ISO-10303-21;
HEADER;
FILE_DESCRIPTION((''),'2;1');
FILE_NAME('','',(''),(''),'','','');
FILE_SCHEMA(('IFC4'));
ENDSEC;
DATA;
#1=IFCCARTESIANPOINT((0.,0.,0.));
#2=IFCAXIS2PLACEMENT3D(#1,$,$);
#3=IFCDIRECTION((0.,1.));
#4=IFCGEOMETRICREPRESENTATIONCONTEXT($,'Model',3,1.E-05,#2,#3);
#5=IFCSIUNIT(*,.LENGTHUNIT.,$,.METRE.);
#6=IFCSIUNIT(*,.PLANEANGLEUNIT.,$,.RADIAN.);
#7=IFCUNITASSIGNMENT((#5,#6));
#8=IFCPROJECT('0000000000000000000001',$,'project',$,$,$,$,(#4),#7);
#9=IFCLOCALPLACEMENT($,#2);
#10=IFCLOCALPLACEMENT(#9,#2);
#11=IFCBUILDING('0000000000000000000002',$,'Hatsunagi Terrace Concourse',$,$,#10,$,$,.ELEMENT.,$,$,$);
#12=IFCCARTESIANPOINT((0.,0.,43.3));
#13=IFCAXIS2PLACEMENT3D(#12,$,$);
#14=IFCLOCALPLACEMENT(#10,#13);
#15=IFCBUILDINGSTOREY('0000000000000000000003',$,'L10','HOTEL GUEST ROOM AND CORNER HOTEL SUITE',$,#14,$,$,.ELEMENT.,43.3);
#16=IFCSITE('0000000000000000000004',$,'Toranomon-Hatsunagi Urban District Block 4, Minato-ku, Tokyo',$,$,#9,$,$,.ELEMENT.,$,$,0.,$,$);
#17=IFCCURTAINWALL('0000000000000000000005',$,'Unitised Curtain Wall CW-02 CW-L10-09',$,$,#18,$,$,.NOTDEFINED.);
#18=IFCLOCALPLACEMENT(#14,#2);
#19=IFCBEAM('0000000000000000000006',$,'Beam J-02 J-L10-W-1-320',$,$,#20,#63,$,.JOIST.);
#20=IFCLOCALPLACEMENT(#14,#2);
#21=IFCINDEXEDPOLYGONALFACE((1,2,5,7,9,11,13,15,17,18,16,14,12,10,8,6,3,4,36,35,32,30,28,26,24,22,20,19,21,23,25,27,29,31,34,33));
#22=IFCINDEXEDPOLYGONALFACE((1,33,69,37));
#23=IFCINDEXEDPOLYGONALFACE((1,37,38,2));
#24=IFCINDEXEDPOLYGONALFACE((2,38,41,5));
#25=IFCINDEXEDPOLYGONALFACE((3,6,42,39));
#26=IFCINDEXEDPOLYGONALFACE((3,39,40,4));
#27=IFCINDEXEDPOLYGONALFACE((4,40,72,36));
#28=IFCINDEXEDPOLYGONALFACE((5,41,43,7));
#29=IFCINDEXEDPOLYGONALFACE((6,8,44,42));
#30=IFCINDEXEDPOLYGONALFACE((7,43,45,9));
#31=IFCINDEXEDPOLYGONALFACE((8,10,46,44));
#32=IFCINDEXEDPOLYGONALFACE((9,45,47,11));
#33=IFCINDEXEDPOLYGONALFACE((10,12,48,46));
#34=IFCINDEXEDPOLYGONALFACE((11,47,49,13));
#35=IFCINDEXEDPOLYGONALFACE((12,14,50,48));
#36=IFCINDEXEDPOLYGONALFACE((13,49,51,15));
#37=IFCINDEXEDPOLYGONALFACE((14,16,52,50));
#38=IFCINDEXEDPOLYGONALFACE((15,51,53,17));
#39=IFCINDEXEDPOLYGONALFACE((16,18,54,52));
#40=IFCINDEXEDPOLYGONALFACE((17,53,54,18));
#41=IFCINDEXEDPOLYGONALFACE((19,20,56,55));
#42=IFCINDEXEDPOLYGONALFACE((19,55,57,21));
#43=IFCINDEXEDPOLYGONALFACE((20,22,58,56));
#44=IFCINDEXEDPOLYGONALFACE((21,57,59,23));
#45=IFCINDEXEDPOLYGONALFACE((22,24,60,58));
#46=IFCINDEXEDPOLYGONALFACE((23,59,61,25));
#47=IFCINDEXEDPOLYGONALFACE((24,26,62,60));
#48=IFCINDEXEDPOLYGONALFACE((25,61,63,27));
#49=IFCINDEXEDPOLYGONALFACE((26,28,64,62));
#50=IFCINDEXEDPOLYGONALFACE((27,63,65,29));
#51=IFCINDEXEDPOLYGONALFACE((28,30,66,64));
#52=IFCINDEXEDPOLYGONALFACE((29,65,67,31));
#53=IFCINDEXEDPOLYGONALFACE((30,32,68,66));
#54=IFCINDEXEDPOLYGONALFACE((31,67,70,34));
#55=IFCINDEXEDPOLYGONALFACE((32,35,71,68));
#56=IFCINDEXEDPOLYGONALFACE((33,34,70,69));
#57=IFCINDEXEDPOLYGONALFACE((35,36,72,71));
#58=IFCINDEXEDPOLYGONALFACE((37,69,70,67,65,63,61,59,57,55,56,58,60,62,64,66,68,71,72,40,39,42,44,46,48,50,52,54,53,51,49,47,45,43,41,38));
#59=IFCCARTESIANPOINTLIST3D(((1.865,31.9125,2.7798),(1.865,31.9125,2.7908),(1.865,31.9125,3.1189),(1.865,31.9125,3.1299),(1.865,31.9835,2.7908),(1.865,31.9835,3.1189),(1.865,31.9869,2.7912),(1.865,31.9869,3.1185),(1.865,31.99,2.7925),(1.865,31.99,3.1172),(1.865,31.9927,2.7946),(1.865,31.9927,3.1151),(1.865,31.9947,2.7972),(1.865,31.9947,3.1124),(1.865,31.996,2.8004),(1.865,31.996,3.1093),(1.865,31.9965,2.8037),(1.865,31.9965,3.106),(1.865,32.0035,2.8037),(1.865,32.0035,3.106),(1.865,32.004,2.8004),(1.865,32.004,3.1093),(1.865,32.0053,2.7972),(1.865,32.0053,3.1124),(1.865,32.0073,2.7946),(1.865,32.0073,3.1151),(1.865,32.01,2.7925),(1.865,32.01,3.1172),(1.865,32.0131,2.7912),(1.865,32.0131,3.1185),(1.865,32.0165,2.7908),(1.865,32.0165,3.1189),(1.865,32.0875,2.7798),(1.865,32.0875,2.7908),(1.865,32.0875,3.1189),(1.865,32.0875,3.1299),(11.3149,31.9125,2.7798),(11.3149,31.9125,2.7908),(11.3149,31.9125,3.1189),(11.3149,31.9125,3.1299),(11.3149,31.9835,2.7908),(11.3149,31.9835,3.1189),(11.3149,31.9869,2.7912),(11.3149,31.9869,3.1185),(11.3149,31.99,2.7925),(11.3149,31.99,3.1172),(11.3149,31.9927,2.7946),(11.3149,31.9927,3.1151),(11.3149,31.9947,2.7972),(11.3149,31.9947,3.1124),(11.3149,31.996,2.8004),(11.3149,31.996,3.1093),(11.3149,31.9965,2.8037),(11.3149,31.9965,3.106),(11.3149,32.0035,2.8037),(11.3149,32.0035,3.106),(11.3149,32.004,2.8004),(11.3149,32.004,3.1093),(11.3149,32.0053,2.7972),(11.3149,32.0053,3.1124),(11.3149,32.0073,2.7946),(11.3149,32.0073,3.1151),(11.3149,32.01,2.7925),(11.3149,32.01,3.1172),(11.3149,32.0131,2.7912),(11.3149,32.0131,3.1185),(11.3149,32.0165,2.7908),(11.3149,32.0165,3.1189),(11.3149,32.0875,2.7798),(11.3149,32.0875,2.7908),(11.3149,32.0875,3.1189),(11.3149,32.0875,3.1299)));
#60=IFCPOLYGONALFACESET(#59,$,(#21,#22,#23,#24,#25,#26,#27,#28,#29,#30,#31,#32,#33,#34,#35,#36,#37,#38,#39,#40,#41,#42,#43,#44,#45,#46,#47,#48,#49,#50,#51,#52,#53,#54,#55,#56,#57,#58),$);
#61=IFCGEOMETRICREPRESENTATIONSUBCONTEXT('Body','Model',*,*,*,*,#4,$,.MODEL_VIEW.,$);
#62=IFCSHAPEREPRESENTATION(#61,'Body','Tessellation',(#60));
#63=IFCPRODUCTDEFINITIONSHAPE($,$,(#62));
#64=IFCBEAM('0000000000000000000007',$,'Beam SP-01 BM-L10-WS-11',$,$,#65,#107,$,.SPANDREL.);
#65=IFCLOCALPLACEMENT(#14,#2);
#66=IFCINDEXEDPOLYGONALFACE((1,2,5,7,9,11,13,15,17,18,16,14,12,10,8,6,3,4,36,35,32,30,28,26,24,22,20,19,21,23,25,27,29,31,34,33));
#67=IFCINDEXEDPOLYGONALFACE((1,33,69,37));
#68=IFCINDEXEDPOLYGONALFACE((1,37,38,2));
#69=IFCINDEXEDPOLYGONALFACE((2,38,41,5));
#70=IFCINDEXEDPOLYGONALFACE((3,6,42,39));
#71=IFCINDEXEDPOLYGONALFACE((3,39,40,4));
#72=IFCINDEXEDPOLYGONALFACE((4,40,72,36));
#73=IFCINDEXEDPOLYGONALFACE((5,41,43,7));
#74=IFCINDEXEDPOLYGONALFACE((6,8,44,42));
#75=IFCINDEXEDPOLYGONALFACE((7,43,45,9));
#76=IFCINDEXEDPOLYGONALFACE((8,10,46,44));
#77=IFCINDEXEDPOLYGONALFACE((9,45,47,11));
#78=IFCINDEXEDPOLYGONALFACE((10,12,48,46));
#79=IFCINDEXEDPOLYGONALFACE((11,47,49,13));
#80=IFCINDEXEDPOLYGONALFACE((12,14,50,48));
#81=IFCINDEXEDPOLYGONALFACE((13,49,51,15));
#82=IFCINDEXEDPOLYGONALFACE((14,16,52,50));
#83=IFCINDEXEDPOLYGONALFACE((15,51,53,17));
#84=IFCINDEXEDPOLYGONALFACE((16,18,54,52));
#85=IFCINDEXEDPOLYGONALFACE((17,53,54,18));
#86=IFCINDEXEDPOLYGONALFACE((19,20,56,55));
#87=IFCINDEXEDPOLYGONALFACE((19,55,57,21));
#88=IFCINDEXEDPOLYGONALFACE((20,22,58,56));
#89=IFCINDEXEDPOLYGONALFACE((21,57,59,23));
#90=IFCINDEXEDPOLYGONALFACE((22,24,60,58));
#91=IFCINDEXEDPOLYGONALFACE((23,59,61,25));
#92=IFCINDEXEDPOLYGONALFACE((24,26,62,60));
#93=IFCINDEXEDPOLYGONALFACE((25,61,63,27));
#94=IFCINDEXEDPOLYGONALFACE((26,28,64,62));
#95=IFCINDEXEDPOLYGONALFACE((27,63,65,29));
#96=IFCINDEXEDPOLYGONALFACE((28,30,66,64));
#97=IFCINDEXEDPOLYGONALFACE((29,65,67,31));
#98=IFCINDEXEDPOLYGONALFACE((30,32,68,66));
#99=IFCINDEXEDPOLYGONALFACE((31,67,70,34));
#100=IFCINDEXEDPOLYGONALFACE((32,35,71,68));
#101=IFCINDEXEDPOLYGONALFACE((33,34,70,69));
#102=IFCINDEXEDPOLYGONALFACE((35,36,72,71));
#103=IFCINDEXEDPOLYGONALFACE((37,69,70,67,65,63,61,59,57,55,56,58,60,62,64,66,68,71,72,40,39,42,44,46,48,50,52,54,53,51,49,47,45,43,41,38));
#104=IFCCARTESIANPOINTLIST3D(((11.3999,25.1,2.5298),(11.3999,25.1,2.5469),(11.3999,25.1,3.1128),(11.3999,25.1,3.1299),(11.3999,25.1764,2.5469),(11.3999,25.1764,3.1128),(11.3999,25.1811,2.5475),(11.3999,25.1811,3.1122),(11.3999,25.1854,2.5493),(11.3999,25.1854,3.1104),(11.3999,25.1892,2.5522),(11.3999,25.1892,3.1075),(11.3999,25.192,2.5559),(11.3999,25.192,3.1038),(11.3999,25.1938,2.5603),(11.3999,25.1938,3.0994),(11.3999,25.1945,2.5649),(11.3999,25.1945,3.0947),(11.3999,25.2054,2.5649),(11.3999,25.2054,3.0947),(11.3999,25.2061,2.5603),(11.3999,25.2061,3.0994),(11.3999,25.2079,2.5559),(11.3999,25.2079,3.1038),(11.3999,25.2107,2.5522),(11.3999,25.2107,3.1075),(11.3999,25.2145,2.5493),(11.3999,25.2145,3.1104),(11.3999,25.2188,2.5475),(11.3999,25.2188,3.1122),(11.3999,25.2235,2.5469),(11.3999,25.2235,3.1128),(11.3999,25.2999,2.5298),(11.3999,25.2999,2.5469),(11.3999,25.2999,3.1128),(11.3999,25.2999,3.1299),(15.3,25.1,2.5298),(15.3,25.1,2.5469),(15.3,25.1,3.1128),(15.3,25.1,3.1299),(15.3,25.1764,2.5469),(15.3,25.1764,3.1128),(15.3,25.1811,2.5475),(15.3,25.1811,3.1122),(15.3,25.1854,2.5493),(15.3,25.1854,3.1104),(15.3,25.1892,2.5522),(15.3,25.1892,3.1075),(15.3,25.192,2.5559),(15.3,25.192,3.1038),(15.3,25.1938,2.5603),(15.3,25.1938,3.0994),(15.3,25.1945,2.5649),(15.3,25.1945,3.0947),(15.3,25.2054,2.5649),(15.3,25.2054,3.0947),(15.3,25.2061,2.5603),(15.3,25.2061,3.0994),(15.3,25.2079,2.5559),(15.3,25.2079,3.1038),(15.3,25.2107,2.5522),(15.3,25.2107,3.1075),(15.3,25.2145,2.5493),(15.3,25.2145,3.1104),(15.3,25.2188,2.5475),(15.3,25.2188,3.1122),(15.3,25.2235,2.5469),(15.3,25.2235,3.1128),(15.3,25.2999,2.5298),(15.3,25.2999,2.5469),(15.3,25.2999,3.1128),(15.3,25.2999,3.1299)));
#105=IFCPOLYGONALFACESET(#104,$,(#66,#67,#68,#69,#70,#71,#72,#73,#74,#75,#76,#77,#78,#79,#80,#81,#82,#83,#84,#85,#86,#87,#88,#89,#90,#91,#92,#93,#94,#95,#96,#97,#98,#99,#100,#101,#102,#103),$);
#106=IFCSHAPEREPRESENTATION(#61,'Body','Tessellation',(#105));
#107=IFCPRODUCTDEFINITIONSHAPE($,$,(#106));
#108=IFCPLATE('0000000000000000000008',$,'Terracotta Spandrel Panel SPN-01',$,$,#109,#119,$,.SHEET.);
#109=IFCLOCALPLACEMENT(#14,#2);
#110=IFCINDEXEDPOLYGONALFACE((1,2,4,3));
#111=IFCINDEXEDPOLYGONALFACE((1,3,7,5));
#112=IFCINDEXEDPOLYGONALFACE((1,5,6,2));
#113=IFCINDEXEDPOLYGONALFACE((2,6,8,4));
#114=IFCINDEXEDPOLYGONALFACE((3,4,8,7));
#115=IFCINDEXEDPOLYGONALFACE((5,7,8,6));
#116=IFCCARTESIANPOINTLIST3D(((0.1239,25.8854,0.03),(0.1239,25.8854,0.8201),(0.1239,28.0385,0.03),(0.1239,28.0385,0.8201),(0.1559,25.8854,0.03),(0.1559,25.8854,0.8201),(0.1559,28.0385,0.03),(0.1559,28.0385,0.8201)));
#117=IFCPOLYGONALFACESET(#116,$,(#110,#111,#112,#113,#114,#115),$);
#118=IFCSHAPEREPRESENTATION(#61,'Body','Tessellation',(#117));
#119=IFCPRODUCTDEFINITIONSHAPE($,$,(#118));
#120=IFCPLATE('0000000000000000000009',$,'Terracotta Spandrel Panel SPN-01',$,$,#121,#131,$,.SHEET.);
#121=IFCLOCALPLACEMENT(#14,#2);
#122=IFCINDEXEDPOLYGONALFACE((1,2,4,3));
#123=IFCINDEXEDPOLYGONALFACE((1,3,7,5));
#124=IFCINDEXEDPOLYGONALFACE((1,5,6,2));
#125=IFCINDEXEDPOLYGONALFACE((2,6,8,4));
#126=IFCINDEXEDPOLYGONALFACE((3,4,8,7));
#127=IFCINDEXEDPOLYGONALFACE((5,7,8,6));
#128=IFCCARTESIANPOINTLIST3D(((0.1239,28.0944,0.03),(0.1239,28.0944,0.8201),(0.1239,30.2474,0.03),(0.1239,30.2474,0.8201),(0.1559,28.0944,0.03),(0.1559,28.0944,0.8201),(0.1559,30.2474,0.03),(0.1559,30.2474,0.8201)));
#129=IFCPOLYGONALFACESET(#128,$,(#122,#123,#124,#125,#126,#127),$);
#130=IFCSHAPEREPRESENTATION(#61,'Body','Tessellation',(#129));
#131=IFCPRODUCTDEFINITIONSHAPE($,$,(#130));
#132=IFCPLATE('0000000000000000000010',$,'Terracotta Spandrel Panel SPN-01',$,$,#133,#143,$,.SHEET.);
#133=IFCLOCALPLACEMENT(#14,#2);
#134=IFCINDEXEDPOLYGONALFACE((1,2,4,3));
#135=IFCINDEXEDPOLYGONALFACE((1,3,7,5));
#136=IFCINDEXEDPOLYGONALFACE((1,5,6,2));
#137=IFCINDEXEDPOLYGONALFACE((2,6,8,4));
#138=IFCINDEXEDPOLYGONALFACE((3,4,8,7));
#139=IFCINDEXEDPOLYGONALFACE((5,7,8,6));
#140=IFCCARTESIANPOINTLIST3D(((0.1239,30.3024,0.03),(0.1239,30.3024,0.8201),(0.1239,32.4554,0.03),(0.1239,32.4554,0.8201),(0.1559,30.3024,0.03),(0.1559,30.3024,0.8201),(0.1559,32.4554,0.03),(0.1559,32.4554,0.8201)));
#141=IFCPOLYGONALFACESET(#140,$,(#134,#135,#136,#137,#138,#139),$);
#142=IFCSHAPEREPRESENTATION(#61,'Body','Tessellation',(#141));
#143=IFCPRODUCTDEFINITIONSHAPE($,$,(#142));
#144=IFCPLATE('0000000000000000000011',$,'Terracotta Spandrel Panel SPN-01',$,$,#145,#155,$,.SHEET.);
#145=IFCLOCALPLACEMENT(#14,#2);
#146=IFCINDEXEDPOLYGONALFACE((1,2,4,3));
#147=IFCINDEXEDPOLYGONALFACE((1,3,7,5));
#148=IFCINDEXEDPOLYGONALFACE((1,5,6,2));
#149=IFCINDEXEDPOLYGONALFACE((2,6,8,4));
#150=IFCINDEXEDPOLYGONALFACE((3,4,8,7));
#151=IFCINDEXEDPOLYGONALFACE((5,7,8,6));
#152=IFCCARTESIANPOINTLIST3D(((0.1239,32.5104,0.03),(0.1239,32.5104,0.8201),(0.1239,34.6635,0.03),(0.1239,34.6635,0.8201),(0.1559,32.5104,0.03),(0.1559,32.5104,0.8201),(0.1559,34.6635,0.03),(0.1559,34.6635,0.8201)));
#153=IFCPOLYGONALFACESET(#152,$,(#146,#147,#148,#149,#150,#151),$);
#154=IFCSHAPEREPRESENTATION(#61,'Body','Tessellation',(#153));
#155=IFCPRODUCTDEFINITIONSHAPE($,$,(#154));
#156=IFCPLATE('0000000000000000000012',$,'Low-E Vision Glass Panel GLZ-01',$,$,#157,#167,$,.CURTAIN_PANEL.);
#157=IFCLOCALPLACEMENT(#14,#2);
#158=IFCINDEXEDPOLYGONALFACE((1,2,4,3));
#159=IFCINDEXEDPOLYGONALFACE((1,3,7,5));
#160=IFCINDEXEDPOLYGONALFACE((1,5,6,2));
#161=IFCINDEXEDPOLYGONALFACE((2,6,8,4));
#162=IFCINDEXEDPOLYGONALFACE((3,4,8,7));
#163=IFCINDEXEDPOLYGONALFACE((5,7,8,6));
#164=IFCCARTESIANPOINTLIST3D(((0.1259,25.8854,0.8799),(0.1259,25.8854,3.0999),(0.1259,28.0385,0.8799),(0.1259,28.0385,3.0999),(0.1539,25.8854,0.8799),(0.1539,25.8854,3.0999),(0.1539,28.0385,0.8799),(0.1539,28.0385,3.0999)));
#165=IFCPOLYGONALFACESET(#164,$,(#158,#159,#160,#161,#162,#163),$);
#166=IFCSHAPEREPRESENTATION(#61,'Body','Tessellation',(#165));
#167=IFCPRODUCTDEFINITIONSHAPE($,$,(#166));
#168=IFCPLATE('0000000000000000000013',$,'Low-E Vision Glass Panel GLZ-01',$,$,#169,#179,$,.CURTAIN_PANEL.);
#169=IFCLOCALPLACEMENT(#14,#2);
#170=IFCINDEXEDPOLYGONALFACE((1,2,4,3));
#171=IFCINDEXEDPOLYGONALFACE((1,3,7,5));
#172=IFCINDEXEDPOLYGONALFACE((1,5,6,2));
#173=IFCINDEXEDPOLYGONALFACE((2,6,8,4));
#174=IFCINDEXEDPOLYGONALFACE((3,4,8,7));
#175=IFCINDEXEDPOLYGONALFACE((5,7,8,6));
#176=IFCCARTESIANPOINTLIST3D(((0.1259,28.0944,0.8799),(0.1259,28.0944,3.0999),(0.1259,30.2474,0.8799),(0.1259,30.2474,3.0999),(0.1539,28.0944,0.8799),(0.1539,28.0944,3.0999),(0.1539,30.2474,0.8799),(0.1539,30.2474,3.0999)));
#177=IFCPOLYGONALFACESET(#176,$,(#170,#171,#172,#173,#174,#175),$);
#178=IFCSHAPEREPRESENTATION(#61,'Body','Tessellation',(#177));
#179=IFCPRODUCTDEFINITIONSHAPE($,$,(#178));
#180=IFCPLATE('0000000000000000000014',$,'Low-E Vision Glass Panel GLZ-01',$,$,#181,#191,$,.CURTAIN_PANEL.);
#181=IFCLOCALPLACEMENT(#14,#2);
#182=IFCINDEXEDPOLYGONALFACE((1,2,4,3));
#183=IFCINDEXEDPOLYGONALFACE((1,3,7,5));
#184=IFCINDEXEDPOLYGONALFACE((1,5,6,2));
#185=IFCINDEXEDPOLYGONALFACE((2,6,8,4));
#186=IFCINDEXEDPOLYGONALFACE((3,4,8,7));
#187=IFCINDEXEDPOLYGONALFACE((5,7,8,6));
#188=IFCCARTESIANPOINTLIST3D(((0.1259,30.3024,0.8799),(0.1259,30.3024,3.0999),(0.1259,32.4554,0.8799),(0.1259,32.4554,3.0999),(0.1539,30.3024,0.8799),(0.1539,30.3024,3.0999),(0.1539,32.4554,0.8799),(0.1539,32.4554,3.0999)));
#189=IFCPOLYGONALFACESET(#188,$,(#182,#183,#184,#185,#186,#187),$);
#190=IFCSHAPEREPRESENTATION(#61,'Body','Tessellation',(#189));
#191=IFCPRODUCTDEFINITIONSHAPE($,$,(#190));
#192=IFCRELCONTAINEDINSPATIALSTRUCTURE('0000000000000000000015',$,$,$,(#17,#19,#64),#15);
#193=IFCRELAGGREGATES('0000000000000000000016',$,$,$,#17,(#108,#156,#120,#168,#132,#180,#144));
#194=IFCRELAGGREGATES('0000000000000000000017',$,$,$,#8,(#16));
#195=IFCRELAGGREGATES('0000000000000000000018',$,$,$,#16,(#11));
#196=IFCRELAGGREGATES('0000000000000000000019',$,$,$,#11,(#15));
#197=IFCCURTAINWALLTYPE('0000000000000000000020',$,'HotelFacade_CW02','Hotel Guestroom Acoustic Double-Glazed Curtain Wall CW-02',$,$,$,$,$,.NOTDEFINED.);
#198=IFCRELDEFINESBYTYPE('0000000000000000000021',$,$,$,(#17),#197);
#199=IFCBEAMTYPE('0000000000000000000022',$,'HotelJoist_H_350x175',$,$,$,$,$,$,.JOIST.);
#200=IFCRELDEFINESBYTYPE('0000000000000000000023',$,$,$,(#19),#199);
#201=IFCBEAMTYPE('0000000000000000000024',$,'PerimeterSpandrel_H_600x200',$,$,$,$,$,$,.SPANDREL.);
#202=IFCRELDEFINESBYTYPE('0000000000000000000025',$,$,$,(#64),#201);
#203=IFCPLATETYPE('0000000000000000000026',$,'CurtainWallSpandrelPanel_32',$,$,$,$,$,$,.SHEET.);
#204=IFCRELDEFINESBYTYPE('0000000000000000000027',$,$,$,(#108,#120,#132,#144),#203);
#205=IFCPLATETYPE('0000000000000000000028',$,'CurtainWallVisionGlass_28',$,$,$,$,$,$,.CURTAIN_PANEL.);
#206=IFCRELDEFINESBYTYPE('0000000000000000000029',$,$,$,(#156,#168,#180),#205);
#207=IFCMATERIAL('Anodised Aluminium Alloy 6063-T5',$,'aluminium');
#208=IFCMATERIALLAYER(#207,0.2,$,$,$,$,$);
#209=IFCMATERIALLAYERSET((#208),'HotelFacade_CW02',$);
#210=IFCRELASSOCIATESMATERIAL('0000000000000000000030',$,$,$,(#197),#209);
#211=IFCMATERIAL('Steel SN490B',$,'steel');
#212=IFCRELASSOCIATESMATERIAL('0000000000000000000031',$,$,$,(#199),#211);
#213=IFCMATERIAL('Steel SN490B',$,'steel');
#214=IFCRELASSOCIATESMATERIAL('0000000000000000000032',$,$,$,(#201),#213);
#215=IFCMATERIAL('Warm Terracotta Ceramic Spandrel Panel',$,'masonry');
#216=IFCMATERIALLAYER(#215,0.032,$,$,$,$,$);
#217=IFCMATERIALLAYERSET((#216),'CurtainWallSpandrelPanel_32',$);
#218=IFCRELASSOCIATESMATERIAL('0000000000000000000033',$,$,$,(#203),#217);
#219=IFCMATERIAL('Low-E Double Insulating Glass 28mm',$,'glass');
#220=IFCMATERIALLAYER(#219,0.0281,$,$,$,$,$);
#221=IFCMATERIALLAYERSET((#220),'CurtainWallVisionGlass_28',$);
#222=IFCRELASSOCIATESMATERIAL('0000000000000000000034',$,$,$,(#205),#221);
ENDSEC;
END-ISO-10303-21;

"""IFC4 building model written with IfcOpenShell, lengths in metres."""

from ifc_helpers import new_model, si_unit, direction, frame, origin, origin_2d, place, context, subcontext, project, spatial, rectangle, i_section, extrude, material, layer, layer_set, material_profile, profile_set, type_object, element, aggregate, save


model = new_model("IFC4")

# Units and contexts
model_context = context("Model", 3, precision=1e-05, world=origin(), true_north=direction((0.0, 1.0)))
body_context = subcontext(model_context, "Body", "Model", "MODEL_VIEW")
ifc_project = project(units=[si_unit("LENGTHUNIT", "METRE"), si_unit("PLANEANGLEUNIT", "RADIAN")], contexts=[model_context])

# Site, building, storey
site_placement = place(None, origin())
site = spatial("IfcSite", under=ifc_project, at=site_placement, Name="Toranomon-Hatsunagi Urban District Block 4, Minato-ku, Tokyo", CompositionType="ELEMENT", RefElevation=0.0)
building_placement = place(site_placement, origin())
building = spatial("IfcBuilding", under=site, at=building_placement, Name="Hatsunagi Terrace Concourse", CompositionType="ELEMENT")
storey_placement = place(building_placement, frame((0.0, 0.0, 43.3)))
storey = spatial("IfcBuildingStorey", under=building, at=storey_placement, Name="L10", Description="HOTEL GUEST ROOM AND CORNER HOTEL SUITE", CompositionType="ELEMENT", Elevation=43.3)

# Curtain wall
ifc_material_1 = material(Name="Anodised Aluminium Alloy 6063-T5", Category="aluminium")
ifc_layer_1 = layer(ifc_material_1, 0.2)
ifc_layer_set_1 = layer_set([ifc_layer_1], Name="HotelFacade_CW02")
curtain_wall_type = type_object("IfcCurtainWallType", Name="HotelFacade_CW02", Description="Hotel Guestroom Acoustic Double-Glazed Curtain Wall CW-02", PredefinedType="NOTDEFINED", material=ifc_layer_set_1)
curtain_wall_placement = place(storey_placement, origin())
curtain_wall = element("IfcCurtainWall", 1, at=curtain_wall_placement, inside=storey, type_object=curtain_wall_type, Name="Unitised Curtain Wall CW-02 CW-L10-09", PredefinedType="NOTDEFINED")

# Beams
ifc_material_2 = material(Name="Steel SN490B", Category="steel")
ifc_material_profile_1 = material_profile(ifc_material_2, i_section(OverallWidth=0.175, OverallDepth=0.3501, WebThickness=0.0071, FlangeThickness=0.011, FilletRadius=0.0129, at=origin_2d()), Name="H-350x175x7x11")
ifc_profile_set_1 = profile_set([ifc_material_profile_1], Name="Steel SN490B")
beam_type_1 = type_object("IfcBeamType", Name="HotelJoist_H_350x175", PredefinedType="JOIST", material=ifc_profile_set_1)
beam_1_placement = place(storey_placement, frame((1.865, 32.0, 2.9548), z_axis=(1.0, 0.0, 0.0), x_axis=(0.0, 1.0, 0.0)))
element("IfcBeam", 2, at=beam_1_placement, inside=storey, type_object=beam_type_1, Name="Beam J-02 J-L10-W-1-320", PredefinedType="JOIST", context=body_context, shape_type="SweptSolid", body=[
    extrude(i_section(OverallWidth=0.175, OverallDepth=0.3501, WebThickness=0.0071, FlangeThickness=0.011, FilletRadius=0.0129, at=origin_2d()), origin(), (0.0, 0.0, 1.0), 9.45),
])
ifc_material_3 = material(Name="Steel SN490B", Category="steel")
ifc_material_profile_2 = material_profile(ifc_material_3, i_section(OverallWidth=0.2, OverallDepth=0.6001, WebThickness=0.011, FlangeThickness=0.0171, FilletRadius=0.0181, at=origin_2d()), Name="H-600x200x11x17")
ifc_profile_set_2 = profile_set([ifc_material_profile_2], Name="Steel SN490B")
beam_type_2 = type_object("IfcBeamType", Name="PerimeterSpandrel_H_600x200", PredefinedType="SPANDREL", material=ifc_profile_set_2)
beam_2_placement = place(storey_placement, frame((11.3999, 25.2, 2.8298), z_axis=(1.0, 0.0, 0.0), x_axis=(0.0, 1.0, 0.0)))
element("IfcBeam", 3, at=beam_2_placement, inside=storey, type_object=beam_type_2, Name="Beam SP-01 BM-L10-WS-11", PredefinedType="SPANDREL", context=body_context, shape_type="SweptSolid", body=[
    extrude(i_section(OverallWidth=0.2, OverallDepth=0.6001, WebThickness=0.011, FlangeThickness=0.0171, FilletRadius=0.0181, at=origin_2d()), origin(), (0.0, 0.0, 1.0), 3.9001),
])

# Plates
ifc_material_4 = material(Name="Warm Terracotta Ceramic Spandrel Panel", Category="masonry")
ifc_layer_2 = layer(ifc_material_4, 0.032)
ifc_layer_set_2 = layer_set([ifc_layer_2], Name="CurtainWallSpandrelPanel_32")
plate_type_1 = type_object("IfcPlateType", Name="CurtainWallSpandrelPanel_32", PredefinedType="SHEET", material=ifc_layer_set_2)
plate_1_placement = place(storey_placement, frame((0.1399, 26.9619, 0.03), z_axis=(0.0, 0.0, 1.0), x_axis=(0.0, 1.0, 0.0)))
plate_1 = element("IfcPlate", 4, at=plate_1_placement, type_object=plate_type_1, Name="Terracotta Spandrel Panel SPN-01", PredefinedType="SHEET", context=body_context, shape_type="SweptSolid", body=[
    extrude(rectangle(XDim=2.1531, YDim=0.032, at=origin_2d()), origin(), (0.0, 0.0, 1.0), 0.79),
])
plate_2_placement = place(storey_placement, frame((0.1399, 29.1709, 0.03), z_axis=(0.0, 0.0, 1.0), x_axis=(0.0, 1.0, 0.0)))
plate_2 = element("IfcPlate", 5, at=plate_2_placement, type_object=plate_type_1, Name="Terracotta Spandrel Panel SPN-01", PredefinedType="SHEET", context=body_context, shape_type="SweptSolid", body=[
    extrude(rectangle(XDim=2.1531, YDim=0.032, at=origin_2d()), origin(), (0.0, 0.0, 1.0), 0.79),
])
plate_3_placement = place(storey_placement, frame((0.1399, 31.3789, 0.03), z_axis=(0.0, 0.0, 1.0), x_axis=(0.0, 1.0, 0.0)))
plate_3 = element("IfcPlate", 6, at=plate_3_placement, type_object=plate_type_1, Name="Terracotta Spandrel Panel SPN-01", PredefinedType="SHEET", context=body_context, shape_type="SweptSolid", body=[
    extrude(rectangle(XDim=2.1531, YDim=0.032, at=origin_2d()), origin(), (0.0, 0.0, 1.0), 0.79),
])
plate_4_placement = place(storey_placement, frame((0.1399, 33.5869, 0.03), z_axis=(0.0, 0.0, 1.0), x_axis=(0.0, 1.0, 0.0)))
plate_4 = element("IfcPlate", 7, at=plate_4_placement, type_object=plate_type_1, Name="Terracotta Spandrel Panel SPN-01", PredefinedType="SHEET", context=body_context, shape_type="SweptSolid", body=[
    extrude(rectangle(XDim=2.1531, YDim=0.032, at=origin_2d()), origin(), (0.0, 0.0, 1.0), 0.79),
])
ifc_material_5 = material(Name="Low-E Double Insulating Glass 28mm", Category="glass")
ifc_layer_3 = layer(ifc_material_5, 0.0281)
ifc_layer_set_3 = layer_set([ifc_layer_3], Name="CurtainWallVisionGlass_28")
plate_type_2 = type_object("IfcPlateType", Name="CurtainWallVisionGlass_28", PredefinedType="CURTAIN_PANEL", material=ifc_layer_set_3)
plate_5_placement = place(storey_placement, frame((0.1399, 26.9619, 0.8799), z_axis=(0.0, 0.0, 1.0), x_axis=(0.0, 1.0, 0.0)))
plate_5 = element("IfcPlate", 8, at=plate_5_placement, type_object=plate_type_2, Name="Low-E Vision Glass Panel GLZ-01", PredefinedType="CURTAIN_PANEL", context=body_context, shape_type="SweptSolid", body=[
    extrude(rectangle(XDim=2.1531, YDim=0.0281, at=origin_2d()), origin(), (0.0, 0.0, 1.0), 2.22),
])
plate_6_placement = place(storey_placement, frame((0.1399, 29.1709, 0.8799), z_axis=(0.0, 0.0, 1.0), x_axis=(0.0, 1.0, 0.0)))
plate_6 = element("IfcPlate", 9, at=plate_6_placement, type_object=plate_type_2, Name="Low-E Vision Glass Panel GLZ-01", PredefinedType="CURTAIN_PANEL", context=body_context, shape_type="SweptSolid", body=[
    extrude(rectangle(XDim=2.1531, YDim=0.0281, at=origin_2d()), origin(), (0.0, 0.0, 1.0), 2.22),
])
plate_7_placement = place(storey_placement, frame((0.1399, 31.3789, 0.8799), z_axis=(0.0, 0.0, 1.0), x_axis=(0.0, 1.0, 0.0)))
plate_7 = element("IfcPlate", 10, at=plate_7_placement, type_object=plate_type_2, Name="Low-E Vision Glass Panel GLZ-01", PredefinedType="CURTAIN_PANEL", context=body_context, shape_type="SweptSolid", body=[
    extrude(rectangle(XDim=2.1531, YDim=0.0281, at=origin_2d()), origin(), (0.0, 0.0, 1.0), 2.22),
])
aggregate(curtain_wall, [plate_1, plate_5, plate_2, plate_6, plate_3, plate_7, plate_4])

save(model, "model.ifc")
